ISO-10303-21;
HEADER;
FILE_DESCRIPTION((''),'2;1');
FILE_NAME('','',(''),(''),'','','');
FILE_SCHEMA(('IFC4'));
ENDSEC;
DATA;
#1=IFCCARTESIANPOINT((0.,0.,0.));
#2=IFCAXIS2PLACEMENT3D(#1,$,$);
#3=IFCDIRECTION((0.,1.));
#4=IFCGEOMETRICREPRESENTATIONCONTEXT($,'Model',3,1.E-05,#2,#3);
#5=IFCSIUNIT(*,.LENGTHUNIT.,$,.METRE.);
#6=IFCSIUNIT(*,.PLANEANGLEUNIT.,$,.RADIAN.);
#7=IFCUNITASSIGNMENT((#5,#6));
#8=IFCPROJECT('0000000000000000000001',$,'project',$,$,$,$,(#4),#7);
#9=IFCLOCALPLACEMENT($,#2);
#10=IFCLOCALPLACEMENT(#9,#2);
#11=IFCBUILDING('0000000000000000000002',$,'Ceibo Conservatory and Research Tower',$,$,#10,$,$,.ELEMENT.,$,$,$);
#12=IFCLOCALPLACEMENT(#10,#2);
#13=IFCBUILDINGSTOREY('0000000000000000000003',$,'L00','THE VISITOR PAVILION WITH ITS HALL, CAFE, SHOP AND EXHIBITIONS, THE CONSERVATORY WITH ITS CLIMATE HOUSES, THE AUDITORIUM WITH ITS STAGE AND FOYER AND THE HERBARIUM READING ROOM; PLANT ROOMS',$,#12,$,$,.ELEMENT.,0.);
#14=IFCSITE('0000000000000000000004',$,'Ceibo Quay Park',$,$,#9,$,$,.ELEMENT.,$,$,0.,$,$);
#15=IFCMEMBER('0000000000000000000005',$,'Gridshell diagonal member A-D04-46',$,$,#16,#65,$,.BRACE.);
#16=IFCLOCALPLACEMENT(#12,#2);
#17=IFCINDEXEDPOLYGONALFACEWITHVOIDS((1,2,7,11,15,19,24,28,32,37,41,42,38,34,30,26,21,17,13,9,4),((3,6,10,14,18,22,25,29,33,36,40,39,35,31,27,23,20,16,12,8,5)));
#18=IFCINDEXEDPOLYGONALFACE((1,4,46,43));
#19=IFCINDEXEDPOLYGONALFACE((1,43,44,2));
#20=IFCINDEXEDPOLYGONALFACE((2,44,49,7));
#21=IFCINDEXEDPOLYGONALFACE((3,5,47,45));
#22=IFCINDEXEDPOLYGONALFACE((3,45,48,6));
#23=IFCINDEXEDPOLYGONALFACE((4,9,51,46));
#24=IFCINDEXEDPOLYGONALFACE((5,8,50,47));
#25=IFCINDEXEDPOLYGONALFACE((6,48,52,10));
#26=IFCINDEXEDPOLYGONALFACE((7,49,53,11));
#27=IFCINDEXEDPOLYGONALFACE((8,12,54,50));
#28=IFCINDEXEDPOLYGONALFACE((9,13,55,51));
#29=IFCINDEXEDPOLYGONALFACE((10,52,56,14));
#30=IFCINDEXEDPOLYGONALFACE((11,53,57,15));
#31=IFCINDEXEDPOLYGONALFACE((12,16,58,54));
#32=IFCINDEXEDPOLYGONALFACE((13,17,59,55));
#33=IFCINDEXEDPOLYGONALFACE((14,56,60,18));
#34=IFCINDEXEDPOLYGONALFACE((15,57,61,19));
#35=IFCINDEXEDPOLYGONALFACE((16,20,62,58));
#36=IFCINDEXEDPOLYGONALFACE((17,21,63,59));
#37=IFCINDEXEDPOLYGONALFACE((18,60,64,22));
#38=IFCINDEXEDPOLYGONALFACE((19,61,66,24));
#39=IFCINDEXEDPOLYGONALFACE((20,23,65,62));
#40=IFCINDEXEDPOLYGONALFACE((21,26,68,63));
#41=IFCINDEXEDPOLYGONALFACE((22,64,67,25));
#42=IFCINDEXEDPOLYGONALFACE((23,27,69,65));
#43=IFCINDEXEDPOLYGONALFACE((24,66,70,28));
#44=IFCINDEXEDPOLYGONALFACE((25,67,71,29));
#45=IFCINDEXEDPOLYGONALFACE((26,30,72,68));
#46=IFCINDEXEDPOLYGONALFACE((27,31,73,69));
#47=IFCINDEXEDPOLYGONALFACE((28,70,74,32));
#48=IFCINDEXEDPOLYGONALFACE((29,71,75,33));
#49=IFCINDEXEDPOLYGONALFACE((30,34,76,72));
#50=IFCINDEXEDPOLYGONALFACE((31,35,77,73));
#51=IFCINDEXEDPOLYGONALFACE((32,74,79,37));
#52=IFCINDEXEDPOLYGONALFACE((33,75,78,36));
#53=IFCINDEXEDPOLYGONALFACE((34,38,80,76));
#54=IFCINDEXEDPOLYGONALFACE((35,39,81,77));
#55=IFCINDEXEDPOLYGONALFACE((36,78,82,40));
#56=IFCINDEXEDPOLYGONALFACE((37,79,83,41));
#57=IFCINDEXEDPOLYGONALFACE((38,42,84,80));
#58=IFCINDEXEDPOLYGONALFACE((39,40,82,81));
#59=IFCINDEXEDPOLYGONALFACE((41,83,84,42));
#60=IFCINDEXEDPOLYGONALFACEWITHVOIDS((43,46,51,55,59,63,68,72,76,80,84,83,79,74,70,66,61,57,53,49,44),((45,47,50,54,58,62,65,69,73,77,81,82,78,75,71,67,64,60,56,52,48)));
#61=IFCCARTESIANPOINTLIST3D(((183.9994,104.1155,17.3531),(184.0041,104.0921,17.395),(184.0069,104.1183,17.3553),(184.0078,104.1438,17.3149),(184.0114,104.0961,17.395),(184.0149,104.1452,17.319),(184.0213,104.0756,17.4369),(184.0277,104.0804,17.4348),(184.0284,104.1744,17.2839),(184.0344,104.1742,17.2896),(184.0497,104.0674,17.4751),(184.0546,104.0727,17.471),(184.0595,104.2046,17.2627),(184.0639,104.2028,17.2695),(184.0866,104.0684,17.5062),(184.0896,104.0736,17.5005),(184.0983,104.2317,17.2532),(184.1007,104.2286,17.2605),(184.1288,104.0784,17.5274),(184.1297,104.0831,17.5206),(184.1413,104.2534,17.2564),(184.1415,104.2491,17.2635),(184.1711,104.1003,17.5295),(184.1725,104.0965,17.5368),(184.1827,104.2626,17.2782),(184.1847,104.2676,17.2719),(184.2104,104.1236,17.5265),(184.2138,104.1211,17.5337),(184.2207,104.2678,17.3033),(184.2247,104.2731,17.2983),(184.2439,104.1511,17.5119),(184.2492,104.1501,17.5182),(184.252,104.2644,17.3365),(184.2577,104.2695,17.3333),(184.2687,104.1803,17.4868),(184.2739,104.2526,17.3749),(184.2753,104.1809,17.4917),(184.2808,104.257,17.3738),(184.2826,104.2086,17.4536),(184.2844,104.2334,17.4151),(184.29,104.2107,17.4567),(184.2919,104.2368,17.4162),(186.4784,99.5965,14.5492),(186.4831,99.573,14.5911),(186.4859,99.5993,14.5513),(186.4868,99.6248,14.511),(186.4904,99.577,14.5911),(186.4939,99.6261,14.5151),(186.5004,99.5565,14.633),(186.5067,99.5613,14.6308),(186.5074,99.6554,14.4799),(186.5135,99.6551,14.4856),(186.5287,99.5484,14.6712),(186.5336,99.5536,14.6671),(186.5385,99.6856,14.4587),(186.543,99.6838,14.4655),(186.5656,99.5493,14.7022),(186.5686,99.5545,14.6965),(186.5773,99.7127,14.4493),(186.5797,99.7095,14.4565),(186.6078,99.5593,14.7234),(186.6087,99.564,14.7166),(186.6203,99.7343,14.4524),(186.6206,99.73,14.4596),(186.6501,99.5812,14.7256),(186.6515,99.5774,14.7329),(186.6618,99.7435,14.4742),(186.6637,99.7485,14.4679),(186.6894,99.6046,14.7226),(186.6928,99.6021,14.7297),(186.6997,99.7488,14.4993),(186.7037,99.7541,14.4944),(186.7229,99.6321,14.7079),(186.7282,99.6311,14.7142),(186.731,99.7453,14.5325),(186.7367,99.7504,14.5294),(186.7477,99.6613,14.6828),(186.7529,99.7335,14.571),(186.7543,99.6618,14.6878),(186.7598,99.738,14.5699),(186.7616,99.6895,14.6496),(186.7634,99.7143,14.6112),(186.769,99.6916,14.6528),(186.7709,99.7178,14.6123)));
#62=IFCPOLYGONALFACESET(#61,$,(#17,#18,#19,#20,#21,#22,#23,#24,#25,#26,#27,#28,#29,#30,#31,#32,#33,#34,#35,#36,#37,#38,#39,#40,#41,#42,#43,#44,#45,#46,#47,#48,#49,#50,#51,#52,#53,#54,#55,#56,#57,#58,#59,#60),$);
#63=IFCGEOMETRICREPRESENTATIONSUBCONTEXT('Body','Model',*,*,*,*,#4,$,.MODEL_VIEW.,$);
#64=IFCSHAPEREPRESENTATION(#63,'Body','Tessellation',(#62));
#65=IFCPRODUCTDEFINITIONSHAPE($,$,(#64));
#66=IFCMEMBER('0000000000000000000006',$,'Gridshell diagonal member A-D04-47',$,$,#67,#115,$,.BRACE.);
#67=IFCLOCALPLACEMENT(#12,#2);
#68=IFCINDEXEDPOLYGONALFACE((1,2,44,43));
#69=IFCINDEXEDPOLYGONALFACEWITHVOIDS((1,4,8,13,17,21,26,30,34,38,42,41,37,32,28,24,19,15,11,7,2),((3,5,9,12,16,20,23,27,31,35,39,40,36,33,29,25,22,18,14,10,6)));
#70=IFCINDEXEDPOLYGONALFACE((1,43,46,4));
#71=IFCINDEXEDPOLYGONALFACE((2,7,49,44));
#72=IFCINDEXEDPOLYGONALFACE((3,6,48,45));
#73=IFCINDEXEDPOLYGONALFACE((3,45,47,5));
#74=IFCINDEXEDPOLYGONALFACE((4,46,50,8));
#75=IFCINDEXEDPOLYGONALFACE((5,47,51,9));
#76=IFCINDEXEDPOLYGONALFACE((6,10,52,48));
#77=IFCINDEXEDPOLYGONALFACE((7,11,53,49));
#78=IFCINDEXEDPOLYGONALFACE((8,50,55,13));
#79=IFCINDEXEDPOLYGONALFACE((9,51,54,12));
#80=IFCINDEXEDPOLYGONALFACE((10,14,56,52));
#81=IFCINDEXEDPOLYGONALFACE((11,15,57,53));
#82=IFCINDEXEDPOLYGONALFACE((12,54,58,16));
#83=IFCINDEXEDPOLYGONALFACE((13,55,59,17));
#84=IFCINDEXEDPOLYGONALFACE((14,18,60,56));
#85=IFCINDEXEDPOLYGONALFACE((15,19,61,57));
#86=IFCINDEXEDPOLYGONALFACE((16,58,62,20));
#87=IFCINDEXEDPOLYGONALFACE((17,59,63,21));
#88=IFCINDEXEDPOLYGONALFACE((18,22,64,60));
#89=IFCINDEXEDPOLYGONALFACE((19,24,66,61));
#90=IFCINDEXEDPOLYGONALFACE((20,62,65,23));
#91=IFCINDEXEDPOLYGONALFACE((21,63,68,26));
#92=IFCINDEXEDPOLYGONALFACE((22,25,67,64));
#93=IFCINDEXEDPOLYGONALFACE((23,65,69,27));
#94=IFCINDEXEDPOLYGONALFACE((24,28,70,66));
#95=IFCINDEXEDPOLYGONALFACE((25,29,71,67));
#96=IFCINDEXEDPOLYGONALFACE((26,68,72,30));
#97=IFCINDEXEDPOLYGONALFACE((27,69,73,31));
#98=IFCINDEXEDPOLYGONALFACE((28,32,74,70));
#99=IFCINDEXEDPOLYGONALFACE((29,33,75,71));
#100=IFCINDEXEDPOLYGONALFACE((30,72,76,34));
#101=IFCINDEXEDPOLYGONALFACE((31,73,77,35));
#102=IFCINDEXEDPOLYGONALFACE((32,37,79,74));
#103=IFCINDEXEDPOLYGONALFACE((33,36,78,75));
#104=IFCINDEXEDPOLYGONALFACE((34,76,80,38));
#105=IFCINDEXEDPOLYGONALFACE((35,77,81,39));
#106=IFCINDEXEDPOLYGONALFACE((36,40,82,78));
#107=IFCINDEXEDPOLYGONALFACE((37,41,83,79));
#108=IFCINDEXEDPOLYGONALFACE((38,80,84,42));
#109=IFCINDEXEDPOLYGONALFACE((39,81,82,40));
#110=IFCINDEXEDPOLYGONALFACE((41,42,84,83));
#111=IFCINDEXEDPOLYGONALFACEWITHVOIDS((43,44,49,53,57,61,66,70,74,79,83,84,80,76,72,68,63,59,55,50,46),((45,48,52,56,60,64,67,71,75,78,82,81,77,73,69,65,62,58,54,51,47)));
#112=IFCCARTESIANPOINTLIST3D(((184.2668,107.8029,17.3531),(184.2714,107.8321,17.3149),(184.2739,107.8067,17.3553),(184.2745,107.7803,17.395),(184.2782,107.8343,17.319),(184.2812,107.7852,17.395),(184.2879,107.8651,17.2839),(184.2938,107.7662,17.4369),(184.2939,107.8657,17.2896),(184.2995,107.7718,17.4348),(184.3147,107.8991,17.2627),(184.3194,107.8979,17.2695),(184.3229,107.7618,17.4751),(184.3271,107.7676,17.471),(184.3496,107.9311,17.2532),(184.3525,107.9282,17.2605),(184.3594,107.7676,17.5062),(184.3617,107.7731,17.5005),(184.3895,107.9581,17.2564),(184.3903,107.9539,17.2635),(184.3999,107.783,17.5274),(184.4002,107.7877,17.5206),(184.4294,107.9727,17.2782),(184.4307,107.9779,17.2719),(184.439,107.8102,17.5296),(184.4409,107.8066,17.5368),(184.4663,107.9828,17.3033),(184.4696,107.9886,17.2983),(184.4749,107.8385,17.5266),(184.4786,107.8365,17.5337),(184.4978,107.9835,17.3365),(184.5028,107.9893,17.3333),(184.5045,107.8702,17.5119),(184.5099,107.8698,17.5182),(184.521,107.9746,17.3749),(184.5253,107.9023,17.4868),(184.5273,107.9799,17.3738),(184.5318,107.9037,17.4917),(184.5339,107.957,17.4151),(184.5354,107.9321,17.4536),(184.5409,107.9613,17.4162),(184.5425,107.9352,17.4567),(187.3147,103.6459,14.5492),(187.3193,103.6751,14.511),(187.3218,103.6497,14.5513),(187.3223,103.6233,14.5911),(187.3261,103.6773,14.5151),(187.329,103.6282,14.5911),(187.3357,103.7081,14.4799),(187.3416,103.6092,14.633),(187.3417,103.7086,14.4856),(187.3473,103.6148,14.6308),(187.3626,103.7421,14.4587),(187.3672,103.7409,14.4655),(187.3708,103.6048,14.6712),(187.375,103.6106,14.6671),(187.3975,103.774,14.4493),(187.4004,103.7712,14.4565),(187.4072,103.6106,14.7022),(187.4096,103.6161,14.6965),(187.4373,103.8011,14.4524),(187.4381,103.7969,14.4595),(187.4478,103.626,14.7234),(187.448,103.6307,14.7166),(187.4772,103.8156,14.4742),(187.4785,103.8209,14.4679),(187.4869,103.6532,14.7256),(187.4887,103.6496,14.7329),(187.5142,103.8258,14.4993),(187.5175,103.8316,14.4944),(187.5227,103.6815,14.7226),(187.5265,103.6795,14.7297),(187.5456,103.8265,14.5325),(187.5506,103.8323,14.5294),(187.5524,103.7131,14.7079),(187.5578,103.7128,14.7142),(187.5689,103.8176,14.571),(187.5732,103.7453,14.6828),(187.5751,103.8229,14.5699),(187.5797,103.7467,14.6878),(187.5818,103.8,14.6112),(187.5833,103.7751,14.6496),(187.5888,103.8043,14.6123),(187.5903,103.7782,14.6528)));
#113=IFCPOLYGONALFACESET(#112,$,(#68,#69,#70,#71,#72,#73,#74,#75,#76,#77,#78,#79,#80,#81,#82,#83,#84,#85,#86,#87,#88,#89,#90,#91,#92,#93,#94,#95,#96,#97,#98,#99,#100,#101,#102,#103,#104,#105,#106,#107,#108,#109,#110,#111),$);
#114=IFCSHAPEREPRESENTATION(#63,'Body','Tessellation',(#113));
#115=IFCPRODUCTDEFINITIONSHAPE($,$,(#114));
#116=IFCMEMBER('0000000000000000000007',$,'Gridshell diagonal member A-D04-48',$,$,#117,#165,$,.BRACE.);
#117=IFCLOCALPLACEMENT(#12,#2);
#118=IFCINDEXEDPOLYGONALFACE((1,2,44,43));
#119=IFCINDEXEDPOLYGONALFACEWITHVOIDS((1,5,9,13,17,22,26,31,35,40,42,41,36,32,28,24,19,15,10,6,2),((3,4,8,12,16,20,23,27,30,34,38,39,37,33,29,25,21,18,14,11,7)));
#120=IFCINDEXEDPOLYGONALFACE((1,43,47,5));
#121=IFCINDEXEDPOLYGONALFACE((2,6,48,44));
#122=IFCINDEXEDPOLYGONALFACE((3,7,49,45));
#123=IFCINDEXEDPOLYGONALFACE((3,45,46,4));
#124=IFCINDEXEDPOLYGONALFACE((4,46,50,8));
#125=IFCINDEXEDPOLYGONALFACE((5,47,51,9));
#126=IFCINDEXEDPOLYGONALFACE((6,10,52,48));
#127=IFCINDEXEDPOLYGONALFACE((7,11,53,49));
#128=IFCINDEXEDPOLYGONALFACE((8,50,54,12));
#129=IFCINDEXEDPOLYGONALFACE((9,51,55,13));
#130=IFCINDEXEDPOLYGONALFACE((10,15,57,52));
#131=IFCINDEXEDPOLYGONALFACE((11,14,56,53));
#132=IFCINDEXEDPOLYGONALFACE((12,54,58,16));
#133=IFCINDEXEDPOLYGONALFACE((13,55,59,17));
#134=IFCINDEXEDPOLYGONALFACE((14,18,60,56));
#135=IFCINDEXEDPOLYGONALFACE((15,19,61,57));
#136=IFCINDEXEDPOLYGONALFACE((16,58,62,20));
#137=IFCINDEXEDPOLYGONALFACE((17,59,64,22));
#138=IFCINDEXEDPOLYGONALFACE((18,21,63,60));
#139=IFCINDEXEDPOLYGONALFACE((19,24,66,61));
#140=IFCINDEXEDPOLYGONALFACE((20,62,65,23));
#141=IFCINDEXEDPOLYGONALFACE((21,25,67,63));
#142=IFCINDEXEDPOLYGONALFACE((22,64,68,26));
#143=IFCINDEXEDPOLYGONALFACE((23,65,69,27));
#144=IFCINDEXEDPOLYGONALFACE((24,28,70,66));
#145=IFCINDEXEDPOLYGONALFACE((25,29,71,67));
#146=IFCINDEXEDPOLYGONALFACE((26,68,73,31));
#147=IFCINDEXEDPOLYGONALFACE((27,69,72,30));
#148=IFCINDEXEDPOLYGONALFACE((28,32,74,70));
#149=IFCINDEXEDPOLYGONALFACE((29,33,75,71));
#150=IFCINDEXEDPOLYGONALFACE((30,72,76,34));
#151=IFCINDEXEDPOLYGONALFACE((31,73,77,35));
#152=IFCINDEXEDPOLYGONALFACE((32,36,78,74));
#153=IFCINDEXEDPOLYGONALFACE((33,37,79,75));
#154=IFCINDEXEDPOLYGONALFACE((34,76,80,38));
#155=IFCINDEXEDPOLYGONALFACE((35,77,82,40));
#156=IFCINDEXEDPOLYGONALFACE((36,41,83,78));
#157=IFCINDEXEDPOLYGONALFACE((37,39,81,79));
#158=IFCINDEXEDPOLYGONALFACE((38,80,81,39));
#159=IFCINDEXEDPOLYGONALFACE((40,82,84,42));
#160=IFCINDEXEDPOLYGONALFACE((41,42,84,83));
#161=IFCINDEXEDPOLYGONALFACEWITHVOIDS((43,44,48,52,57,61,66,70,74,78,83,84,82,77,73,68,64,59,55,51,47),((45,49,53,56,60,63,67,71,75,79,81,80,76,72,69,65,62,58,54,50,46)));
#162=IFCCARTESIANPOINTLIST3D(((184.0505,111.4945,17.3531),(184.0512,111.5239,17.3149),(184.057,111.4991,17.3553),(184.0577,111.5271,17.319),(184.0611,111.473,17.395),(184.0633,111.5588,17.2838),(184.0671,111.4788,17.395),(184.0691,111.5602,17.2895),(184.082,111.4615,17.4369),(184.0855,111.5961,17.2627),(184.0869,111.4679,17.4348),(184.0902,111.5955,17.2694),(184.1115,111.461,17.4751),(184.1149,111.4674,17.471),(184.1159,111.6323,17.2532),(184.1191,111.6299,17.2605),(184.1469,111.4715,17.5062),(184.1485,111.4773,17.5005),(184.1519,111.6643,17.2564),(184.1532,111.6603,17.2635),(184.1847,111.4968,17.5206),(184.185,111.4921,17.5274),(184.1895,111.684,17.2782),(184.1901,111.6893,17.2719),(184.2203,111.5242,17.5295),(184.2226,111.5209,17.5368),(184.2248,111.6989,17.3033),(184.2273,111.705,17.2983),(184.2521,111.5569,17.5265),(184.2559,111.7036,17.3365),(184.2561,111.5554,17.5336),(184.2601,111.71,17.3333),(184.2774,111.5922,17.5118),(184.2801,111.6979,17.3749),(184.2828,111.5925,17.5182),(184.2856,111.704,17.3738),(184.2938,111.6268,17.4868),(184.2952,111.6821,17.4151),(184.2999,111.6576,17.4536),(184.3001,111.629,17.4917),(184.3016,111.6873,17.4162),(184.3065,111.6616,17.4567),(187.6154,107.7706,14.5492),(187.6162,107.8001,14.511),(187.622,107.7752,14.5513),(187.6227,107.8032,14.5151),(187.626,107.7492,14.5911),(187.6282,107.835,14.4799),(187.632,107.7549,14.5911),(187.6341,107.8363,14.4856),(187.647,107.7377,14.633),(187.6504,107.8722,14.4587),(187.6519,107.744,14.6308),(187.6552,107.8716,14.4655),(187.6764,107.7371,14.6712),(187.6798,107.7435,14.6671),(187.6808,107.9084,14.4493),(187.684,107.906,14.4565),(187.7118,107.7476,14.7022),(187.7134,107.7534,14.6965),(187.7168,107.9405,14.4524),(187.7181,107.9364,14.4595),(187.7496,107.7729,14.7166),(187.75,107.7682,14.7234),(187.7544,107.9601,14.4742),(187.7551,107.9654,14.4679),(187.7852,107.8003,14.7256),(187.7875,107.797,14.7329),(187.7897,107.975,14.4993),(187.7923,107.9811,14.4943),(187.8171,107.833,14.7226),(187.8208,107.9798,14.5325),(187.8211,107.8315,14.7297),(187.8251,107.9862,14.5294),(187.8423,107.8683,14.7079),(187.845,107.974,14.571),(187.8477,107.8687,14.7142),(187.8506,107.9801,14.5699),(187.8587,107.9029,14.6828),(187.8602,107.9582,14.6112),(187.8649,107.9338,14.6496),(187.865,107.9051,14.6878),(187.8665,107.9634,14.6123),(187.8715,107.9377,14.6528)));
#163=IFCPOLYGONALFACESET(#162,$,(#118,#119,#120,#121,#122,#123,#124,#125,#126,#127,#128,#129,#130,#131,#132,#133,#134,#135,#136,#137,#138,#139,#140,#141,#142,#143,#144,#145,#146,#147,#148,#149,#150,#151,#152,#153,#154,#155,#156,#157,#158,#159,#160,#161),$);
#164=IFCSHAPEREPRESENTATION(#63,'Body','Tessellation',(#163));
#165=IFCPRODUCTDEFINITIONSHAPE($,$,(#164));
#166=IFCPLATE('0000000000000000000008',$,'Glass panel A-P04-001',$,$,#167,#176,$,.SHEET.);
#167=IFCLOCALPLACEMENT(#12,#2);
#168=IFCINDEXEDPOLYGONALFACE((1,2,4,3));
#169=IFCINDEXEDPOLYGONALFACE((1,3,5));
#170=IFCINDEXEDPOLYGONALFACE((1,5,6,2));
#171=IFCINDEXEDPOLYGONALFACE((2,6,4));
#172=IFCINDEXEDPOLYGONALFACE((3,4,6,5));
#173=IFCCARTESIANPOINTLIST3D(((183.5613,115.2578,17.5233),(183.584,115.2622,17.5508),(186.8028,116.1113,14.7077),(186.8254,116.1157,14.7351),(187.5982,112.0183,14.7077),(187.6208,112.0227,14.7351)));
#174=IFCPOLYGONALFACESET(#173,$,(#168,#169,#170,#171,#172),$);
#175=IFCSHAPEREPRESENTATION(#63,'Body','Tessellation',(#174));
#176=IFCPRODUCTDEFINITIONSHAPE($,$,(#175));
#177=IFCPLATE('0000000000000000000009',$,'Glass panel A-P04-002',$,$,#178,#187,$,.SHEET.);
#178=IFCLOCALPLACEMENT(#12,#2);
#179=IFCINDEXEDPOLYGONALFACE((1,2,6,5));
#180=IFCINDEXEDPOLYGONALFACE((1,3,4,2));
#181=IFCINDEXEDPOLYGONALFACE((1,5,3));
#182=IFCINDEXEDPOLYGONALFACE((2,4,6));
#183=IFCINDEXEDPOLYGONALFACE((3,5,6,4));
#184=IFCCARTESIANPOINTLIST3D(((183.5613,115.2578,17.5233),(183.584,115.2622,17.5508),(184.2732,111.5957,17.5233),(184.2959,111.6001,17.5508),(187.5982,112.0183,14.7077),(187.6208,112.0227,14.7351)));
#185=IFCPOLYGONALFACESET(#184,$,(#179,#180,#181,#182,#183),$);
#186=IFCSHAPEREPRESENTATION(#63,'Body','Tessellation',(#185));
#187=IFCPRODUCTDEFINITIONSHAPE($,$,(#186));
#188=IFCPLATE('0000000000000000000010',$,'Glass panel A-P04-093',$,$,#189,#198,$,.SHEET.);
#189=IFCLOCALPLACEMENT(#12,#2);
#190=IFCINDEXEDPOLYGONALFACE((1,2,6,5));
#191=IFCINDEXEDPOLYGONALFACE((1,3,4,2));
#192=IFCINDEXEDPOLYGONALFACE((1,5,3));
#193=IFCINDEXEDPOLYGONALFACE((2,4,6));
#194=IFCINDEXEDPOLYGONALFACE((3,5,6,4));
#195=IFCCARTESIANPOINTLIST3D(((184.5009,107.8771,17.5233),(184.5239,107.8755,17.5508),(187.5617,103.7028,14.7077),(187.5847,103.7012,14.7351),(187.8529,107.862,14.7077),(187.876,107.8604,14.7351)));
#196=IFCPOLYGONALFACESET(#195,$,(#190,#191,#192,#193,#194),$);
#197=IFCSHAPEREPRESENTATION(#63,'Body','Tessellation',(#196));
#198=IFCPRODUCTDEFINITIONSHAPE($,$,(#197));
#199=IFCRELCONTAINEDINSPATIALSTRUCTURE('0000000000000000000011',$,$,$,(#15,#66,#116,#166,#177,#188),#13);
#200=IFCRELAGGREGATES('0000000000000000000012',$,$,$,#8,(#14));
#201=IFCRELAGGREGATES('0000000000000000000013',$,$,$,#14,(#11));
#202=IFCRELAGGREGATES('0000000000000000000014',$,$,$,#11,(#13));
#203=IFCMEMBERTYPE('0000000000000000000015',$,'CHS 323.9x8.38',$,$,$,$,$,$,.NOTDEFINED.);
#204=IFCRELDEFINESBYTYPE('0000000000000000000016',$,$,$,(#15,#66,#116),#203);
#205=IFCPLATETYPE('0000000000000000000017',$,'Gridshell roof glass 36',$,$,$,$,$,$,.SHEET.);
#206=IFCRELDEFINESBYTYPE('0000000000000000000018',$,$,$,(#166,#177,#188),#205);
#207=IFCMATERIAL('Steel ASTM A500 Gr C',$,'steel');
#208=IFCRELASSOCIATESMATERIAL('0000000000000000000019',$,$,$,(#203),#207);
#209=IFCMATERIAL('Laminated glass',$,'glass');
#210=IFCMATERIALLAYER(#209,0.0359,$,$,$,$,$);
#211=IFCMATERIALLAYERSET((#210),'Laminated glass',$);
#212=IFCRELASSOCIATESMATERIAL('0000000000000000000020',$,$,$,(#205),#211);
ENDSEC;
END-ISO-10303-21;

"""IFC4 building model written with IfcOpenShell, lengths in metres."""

from ifc_helpers import new_model, si_unit, direction, frame, origin, origin_2d, place, context, subcontext, project, spatial, polyline, hollow_circle, outline, extrude, material, layer, layer_set, material_profile, profile_set, type_object, element, save


model = new_model("IFC4")

# Units and contexts
model_context = context("Model", 3, precision=1e-05, world=origin(), true_north=direction((0.0, 1.0)))
body_context = subcontext(model_context, "Body", "Model", "MODEL_VIEW")
ifc_project = project(units=[si_unit("LENGTHUNIT", "METRE"), si_unit("PLANEANGLEUNIT", "RADIAN")], contexts=[model_context])

# Site, building, storey
site_placement = place(None, origin())
site = spatial("IfcSite", under=ifc_project, at=site_placement, Name="Ceibo Quay Park", CompositionType="ELEMENT", RefElevation=0.0)
building_placement = place(site_placement, origin())
building = spatial("IfcBuilding", under=site, at=building_placement, Name="Ceibo Conservatory and Research Tower", CompositionType="ELEMENT")
storey_placement = place(building_placement, origin())
storey = spatial("IfcBuildingStorey", under=building, at=storey_placement, Name="L00", Description="THE VISITOR PAVILION WITH ITS HALL, CAFE, SHOP AND EXHIBITIONS, THE CONSERVATORY WITH ITS CLIMATE HOUSES, THE AUDITORIUM WITH ITS STAGE AND FOYER AND THE HERBARIUM READING ROOM; PLANT ROOMS", CompositionType="ELEMENT", Elevation=0.0)

# Members
ifc_material_1 = material(Name="Steel ASTM A500 Gr C", Category="steel")
ifc_material_profile_1 = material_profile(ifc_material_1, hollow_circle(Radius=0.1619, WallThickness=0.0083, at=origin_2d()), Name="CHS 323.9x8.38")
ifc_profile_set_1 = profile_set([ifc_material_profile_1], Name="Steel ASTM A500 Gr C")
member_type_1 = type_object("IfcMemberType", Name="CHS 323.9x8.38", PredefinedType="NOTDEFINED", material=ifc_profile_set_1)
for number, where, z_axis, x_axis, name in (
    (1, (186.625, 99.6509, 14.5911), (-0.422486, 0.770162, 0.477866), (-0.876745, -0.480955, 0.0), "Gridshell diagonal member A-D04-46"),
):
    element("IfcMember", number, at=place(storey_placement, frame(where, z_axis=z_axis, x_axis=x_axis)), inside=storey, type_object=member_type_1, Name=name, PredefinedType="BRACE", context=body_context, shape_type="SweptSolid", body=[
        extrude(hollow_circle(Radius=0.1619, WallThickness=0.0083, at=origin_2d()), origin(), (0.0, 0.0, 1.0), 5.8677),
    ])
member_1_placement = place(storey_placement, frame((187.4529, 103.719, 14.5911), z_axis=(-0.519412, 0.70843, 0.477848), x_axis=(-0.806461, -0.591288, 0.0)))
element("IfcMember", 2, at=member_1_placement, inside=storey, type_object=member_type_1, Name="Gridshell diagonal member A-D04-47", PredefinedType="BRACE", context=body_context, shape_type="SweptSolid", body=[
    extrude(hollow_circle(Radius=0.1619, WallThickness=0.0083, at=origin_2d()), origin(), (0.0, 0.0, 1.0), 5.8679),
])
member_2_placement = place(storey_placement, frame((187.7429, 107.8611, 14.5911), z_axis=(-0.60748, 0.634563, 0.477805), x_axis=(-0.722354, -0.691524, 0.0)))
element("IfcMember", 3, at=member_2_placement, inside=storey, type_object=member_type_1, Name="Gridshell diagonal member A-D04-48", PredefinedType="BRACE", context=body_context, shape_type="SweptSolid", body=[
    extrude(hollow_circle(Radius=0.1619, WallThickness=0.0083, at=origin_2d()), origin(), (0.0, 0.0, 1.0), 5.8684),
])

# Plates
ifc_material_2 = material(Name="Laminated glass", Category="glass")
ifc_layer = layer(ifc_material_2, 0.0359)
ifc_layer_set = layer_set([ifc_layer], Name="Laminated glass")
plate_type = type_object("IfcPlateType", Name="Gridshell roof glass 36", PredefinedType="SHEET", material=ifc_layer_set)
plate_1_placement = place(storey_placement, frame((187.6208, 112.0227, 14.7351), z_axis=(0.632181, 0.122854, 0.765019), x_axis=(-0.190765, 0.981636, 0.0)))
element("IfcPlate", 4, at=plate_1_placement, inside=storey, type_object=plate_type, Name="Glass panel A-P04-001", PredefinedType="SHEET", context=body_context, shape_type="SweptSolid", body=[
    extrude(outline(polyline([(0.0, 0.0), (4.1696, 0.0), (3.9501, 4.3721), (0.0, 0.0)])), origin(), (0.0, 0.0, -1.0), 0.0359),
])
plate_2_placement = place(storey_placement, frame((187.6208, 112.0227, 14.7351), z_axis=(0.632201, 0.1229, 0.764995), x_axis=(-0.685114, 0.54979, 0.47786)))
element("IfcPlate", 5, at=plate_2_placement, inside=storey, type_object=plate_type, Name="Glass panel A-P04-002", PredefinedType="SHEET", context=body_context, shape_type="SweptSolid", body=[
    extrude(outline(polyline([(0.0, 0.0), (5.8923, 0.0), (3.3911, 2.7681), (0.0, 0.0)])), origin(), (0.0, 0.0, -1.0), 0.0359),
])
plate_3_placement = place(storey_placement, frame((187.5847, 103.7012, 14.7351), z_axis=(0.642415, -0.044987, 0.765035), x_axis=(0.069857, 0.997557, 0.0)))
element("IfcPlate", 6, at=plate_3_placement, inside=storey, type_object=plate_type, Name="Glass panel A-P04-093", PredefinedType="SHEET", context=body_context, shape_type="SweptSolid", body=[
    extrude(outline(polyline([(0.0, 0.0), (4.1694, 0.0), (3.9503, 4.3722), (0.0, 0.0)])), origin(), (0.0, 0.0, -1.0), 0.0359),
])

save(model, "model.ifc")
